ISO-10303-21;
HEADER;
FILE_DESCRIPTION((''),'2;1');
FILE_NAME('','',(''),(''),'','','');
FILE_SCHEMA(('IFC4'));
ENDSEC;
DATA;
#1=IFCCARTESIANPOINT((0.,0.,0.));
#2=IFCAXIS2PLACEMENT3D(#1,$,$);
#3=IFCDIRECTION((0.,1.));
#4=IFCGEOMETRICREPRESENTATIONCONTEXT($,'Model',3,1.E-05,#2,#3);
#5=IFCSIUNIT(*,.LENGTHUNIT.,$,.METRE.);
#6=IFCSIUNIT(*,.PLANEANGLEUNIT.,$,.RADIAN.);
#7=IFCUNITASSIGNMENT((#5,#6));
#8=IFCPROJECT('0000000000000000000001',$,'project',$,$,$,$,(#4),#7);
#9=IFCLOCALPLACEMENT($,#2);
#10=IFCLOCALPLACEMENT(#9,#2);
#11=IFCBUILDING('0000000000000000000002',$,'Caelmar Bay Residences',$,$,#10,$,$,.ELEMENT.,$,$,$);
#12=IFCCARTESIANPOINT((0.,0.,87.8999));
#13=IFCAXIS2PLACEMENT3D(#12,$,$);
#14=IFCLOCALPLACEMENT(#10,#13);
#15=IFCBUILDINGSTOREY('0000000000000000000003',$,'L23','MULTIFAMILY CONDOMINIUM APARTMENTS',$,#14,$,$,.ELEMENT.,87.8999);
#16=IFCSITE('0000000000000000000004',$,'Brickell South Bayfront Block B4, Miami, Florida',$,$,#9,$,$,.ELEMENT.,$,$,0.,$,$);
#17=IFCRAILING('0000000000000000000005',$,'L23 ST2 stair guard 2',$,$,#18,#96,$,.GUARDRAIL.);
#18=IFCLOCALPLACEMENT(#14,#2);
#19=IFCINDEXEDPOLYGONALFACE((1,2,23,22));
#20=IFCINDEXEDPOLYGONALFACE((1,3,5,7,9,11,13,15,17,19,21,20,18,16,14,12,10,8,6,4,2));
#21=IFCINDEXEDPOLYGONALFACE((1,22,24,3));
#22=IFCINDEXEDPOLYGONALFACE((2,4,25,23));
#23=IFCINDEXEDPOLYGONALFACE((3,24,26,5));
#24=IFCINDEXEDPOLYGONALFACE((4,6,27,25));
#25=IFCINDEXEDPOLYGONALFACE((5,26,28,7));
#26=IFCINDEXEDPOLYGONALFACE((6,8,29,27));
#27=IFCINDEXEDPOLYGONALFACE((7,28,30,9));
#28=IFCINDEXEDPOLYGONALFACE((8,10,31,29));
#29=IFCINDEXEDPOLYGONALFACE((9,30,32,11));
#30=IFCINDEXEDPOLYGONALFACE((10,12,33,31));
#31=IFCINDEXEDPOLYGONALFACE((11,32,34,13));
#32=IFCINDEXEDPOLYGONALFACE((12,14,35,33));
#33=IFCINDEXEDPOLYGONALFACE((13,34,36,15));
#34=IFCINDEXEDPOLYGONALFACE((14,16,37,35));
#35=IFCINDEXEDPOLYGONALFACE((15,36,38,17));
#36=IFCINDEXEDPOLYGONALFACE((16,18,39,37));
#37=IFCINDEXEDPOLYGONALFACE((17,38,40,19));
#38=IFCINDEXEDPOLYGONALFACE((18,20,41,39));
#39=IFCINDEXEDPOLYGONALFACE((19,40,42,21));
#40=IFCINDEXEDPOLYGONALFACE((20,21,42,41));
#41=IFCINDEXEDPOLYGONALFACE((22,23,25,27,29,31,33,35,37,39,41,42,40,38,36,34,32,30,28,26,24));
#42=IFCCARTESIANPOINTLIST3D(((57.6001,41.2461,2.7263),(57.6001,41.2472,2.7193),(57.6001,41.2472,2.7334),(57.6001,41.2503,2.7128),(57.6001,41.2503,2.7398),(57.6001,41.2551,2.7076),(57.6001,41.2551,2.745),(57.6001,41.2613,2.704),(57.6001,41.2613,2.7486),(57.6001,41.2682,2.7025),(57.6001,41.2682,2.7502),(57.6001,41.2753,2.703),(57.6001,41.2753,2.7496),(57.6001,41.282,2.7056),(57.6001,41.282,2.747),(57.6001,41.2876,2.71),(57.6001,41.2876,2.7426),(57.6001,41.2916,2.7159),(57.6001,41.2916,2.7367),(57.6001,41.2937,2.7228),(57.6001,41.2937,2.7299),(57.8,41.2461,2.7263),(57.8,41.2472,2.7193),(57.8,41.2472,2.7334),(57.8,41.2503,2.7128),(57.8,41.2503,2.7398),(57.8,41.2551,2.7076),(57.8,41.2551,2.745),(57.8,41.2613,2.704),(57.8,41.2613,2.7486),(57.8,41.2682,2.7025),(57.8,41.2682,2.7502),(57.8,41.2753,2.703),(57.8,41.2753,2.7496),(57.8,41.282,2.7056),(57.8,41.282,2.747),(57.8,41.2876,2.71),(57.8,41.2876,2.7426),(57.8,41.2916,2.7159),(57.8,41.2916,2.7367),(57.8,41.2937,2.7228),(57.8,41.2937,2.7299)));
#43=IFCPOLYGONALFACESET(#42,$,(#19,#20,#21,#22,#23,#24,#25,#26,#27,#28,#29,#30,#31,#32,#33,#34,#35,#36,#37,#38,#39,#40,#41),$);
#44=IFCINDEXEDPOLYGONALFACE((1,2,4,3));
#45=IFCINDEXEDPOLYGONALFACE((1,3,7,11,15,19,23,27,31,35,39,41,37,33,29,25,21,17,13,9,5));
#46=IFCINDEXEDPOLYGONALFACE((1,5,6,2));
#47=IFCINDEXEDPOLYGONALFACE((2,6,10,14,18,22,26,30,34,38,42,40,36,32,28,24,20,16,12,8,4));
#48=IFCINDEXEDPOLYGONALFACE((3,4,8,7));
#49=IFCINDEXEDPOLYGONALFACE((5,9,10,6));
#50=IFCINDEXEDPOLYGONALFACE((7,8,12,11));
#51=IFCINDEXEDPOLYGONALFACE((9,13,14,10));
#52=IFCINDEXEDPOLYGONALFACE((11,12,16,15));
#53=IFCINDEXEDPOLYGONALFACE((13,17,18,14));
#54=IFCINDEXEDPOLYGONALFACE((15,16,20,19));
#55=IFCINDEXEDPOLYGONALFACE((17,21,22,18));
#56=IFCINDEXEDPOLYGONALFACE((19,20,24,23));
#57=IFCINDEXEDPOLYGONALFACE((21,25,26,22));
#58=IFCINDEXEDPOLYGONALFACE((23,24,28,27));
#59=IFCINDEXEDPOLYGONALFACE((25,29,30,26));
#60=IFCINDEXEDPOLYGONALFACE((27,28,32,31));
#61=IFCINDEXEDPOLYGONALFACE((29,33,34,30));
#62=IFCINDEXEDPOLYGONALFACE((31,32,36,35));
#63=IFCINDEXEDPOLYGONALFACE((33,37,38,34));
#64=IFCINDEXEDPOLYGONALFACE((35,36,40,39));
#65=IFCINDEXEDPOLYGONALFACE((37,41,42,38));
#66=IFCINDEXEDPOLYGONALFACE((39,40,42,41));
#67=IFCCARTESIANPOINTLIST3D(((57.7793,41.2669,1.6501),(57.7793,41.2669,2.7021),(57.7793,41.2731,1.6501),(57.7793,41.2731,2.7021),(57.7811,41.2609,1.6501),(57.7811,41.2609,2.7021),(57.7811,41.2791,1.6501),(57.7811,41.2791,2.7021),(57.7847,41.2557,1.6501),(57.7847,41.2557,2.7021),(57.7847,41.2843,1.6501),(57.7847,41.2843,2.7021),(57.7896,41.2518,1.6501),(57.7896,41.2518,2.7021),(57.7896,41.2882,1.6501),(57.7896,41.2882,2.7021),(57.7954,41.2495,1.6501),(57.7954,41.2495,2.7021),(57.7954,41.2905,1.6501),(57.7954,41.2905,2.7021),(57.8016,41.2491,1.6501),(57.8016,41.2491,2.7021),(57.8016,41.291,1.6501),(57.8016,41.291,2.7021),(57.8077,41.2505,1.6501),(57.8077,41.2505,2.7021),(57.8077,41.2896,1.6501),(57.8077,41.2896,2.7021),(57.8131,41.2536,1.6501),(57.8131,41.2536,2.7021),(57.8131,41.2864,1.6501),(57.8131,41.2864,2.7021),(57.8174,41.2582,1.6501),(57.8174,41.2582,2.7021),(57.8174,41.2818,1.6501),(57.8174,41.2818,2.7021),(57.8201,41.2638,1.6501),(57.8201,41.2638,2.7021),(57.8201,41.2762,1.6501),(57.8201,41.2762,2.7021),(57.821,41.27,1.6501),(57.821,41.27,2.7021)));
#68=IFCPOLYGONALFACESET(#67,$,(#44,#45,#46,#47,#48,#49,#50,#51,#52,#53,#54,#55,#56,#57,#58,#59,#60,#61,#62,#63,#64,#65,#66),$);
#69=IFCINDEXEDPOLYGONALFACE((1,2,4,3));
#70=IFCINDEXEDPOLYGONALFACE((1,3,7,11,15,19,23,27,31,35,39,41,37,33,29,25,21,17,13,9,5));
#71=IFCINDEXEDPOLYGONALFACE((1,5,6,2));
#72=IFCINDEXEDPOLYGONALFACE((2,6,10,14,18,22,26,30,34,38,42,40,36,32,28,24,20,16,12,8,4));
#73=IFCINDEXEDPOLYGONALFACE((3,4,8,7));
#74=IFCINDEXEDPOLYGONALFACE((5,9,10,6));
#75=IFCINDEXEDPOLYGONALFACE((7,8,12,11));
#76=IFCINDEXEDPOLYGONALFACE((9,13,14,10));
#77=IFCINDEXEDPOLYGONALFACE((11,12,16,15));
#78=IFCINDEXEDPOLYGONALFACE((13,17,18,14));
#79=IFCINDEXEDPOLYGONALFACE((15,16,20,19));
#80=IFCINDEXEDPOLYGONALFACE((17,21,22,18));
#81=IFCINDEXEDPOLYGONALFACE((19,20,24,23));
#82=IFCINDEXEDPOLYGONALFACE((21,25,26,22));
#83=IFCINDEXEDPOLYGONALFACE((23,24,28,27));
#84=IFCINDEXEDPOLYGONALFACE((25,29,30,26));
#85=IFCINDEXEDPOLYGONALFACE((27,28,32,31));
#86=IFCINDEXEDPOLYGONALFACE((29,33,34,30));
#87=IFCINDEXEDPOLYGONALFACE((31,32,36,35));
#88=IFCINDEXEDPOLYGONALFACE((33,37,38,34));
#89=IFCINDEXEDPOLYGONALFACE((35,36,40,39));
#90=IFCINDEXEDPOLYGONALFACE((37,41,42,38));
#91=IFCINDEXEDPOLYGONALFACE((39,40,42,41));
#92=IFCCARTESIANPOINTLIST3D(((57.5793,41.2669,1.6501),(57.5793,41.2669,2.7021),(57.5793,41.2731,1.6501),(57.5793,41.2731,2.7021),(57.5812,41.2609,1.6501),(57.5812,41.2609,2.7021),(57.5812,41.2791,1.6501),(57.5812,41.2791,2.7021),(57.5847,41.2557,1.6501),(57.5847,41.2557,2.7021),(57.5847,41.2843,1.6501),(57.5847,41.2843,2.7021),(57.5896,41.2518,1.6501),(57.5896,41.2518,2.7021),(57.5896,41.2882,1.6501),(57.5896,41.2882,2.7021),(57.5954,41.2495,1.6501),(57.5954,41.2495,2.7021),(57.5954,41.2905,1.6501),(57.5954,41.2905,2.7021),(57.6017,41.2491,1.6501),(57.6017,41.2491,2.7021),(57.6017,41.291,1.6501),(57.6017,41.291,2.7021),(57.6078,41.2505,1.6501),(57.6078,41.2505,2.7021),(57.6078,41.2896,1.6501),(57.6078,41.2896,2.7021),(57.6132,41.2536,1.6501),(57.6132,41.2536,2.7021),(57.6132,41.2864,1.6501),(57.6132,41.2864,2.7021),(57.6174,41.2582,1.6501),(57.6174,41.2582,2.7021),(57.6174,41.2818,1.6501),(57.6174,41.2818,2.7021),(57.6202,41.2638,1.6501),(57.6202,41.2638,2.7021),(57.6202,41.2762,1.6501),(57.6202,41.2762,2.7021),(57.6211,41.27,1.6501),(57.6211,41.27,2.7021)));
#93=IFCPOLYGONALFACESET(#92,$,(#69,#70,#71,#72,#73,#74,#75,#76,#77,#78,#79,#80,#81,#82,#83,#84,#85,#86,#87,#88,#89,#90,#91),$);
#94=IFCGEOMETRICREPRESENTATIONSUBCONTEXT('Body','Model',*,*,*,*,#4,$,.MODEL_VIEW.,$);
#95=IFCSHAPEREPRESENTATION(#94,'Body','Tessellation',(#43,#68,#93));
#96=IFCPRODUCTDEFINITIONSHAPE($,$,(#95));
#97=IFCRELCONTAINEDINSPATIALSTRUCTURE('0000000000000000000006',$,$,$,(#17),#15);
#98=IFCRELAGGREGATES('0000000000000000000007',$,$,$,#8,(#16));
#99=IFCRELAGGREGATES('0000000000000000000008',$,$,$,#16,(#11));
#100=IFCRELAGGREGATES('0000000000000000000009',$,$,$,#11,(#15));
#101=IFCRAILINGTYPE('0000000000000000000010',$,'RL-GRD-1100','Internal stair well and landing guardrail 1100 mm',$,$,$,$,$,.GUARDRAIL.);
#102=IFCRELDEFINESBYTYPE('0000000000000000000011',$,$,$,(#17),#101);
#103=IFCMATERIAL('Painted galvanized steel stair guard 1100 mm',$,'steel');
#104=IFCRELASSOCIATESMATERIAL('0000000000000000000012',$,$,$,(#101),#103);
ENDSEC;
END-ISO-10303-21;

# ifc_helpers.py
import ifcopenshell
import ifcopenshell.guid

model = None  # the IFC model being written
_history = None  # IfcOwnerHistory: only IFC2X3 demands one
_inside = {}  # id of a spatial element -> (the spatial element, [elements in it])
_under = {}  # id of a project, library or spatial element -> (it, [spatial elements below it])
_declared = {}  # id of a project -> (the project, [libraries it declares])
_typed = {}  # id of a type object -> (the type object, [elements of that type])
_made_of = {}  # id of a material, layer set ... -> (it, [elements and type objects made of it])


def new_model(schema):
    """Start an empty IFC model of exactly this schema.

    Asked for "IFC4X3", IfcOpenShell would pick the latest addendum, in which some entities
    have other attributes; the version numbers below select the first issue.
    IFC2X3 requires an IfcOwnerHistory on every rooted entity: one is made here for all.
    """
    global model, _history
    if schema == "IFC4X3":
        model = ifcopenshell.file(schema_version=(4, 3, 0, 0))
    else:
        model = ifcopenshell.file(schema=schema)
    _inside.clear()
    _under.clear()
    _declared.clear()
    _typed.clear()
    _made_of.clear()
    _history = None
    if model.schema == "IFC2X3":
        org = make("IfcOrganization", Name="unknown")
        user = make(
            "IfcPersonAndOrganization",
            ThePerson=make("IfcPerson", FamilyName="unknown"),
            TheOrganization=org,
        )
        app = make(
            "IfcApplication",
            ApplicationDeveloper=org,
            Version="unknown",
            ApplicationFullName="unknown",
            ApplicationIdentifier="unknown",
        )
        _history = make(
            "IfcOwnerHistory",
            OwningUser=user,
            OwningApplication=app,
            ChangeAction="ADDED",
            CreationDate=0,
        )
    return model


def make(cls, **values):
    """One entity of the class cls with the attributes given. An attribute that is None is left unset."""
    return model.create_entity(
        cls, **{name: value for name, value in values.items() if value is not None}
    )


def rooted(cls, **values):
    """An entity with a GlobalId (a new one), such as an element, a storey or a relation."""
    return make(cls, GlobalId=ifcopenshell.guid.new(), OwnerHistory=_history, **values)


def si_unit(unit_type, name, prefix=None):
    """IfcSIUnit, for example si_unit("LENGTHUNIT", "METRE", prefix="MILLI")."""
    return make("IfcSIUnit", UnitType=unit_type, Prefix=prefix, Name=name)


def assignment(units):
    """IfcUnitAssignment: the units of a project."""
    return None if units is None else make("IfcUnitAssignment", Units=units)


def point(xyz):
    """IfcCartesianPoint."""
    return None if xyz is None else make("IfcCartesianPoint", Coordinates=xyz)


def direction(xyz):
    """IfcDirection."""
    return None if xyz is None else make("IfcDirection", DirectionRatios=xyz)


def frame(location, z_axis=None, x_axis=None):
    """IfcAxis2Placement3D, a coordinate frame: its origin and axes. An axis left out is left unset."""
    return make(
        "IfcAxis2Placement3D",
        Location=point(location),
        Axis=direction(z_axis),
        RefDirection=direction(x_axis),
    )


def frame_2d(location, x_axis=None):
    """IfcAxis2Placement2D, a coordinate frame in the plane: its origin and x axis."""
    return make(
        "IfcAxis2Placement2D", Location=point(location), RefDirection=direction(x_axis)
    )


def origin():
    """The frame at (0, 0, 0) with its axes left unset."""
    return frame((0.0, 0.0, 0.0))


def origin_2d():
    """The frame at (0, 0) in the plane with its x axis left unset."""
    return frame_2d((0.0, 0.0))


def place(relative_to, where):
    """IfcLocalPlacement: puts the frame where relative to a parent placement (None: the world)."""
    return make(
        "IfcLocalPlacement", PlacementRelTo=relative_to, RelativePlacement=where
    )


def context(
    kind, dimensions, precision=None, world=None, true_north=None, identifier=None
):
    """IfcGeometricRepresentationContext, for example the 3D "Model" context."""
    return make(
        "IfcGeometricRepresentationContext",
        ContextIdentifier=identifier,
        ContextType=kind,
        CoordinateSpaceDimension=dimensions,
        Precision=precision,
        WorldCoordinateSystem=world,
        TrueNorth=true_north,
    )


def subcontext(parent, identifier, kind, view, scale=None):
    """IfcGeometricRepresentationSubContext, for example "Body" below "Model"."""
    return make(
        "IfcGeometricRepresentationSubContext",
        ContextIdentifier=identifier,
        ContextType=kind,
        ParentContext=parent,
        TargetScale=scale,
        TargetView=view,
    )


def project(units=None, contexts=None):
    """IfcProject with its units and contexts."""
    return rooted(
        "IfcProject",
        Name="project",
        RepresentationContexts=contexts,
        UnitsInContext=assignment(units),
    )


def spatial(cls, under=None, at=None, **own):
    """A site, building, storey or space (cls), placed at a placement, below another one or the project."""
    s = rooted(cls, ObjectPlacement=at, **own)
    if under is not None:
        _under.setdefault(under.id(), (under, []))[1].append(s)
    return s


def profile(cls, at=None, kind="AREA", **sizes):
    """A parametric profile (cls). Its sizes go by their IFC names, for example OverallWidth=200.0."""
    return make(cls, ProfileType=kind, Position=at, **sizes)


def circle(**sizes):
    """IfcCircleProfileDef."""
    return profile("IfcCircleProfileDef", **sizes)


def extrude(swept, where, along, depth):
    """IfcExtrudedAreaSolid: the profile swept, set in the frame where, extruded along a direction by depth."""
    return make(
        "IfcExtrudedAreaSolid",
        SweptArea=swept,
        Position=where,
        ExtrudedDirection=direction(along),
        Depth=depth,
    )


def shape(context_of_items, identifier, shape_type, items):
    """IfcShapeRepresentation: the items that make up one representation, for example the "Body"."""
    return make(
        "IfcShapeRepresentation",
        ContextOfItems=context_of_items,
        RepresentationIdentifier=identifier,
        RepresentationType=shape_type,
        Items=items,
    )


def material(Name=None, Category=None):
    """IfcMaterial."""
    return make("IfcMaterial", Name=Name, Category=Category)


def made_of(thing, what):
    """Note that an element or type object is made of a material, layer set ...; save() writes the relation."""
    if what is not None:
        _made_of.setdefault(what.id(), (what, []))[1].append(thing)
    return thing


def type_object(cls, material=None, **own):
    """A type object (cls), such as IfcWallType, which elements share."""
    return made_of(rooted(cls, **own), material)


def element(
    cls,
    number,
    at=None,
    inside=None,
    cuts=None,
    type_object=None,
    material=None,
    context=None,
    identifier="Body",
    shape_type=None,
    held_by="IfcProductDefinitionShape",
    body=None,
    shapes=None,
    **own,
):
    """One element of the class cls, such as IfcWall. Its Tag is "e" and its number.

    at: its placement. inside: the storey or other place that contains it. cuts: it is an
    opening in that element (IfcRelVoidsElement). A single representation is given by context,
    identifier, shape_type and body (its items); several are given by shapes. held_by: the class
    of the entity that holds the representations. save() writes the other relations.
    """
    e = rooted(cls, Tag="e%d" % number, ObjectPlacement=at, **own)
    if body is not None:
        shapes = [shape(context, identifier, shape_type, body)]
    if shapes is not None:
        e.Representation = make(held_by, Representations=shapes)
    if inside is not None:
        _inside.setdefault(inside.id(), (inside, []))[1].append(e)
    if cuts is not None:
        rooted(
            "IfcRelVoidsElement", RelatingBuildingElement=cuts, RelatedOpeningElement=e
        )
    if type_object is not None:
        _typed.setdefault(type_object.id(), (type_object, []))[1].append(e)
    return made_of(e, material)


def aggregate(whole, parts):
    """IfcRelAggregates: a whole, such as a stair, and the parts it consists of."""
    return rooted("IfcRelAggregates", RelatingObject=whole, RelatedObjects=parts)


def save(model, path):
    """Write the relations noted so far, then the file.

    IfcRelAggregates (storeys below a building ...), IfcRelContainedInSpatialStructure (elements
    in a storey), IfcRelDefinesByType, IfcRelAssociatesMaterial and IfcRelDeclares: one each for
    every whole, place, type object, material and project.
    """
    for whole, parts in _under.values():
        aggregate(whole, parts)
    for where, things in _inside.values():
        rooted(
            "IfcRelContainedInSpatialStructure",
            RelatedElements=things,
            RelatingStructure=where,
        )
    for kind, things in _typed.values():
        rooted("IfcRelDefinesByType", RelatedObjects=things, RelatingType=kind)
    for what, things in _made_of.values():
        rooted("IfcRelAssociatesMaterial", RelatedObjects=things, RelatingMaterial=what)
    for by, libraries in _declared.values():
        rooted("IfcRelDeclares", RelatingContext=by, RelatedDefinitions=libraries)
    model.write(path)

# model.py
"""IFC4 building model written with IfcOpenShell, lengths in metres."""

from ifc_helpers import new_model, si_unit, direction, frame, origin, origin_2d, place, context, subcontext, project, spatial, circle, extrude, material, type_object, element, save


model = new_model("IFC4")

# Units and contexts
model_context = context("Model", 3, precision=1e-05, world=origin(), true_north=direction((0.0, 1.0)))
body_context = subcontext(model_context, "Body", "Model", "MODEL_VIEW")
ifc_project = project(units=[si_unit("LENGTHUNIT", "METRE"), si_unit("PLANEANGLEUNIT", "RADIAN")], contexts=[model_context])

# Site, building, storey
site_placement = place(None, origin())
site = spatial("IfcSite", under=ifc_project, at=site_placement, Name="Brickell South Bayfront Block B4, Miami, Florida", CompositionType="ELEMENT", RefElevation=0.0)
building_placement = place(site_placement, origin())
building = spatial("IfcBuilding", under=site, at=building_placement, Name="Caelmar Bay Residences", CompositionType="ELEMENT")
storey_placement = place(building_placement, frame((0.0, 0.0, 87.8999)))
storey = spatial("IfcBuildingStorey", under=building, at=storey_placement, Name="L23", Description="MULTIFAMILY CONDOMINIUM APARTMENTS", CompositionType="ELEMENT", Elevation=87.8999)

# Railing
ifc_material_1 = material(Name="Painted galvanized steel stair guard 1100 mm", Category="steel")
railing_type_1 = type_object("IfcRailingType", Name="RL-GRD-1100", Description="Internal stair well and landing guardrail 1100 mm", PredefinedType="GUARDRAIL", material=ifc_material_1)
railing_1_placement = place(storey_placement, frame((57.8, 41.27, 1.6501)))
element("IfcRailing", 1, at=railing_1_placement, inside=storey, type_object=railing_type_1, Name="L23 ST2 stair guard 2", PredefinedType="GUARDRAIL", context=body_context, shape_type="SweptSolid", body=[
    extrude(circle(Radius=0.0239, at=origin_2d()), frame((0.0, 0.0, 1.0762), z_axis=(-1.0, 0.0, 0.0), x_axis=(0.0, -1.0, 0.0)), (0.0, 0.0, 1.0), 0.2),
    extrude(circle(Radius=0.021, at=origin_2d()), origin(), (0.0, 0.0, 1.0), 1.052),
    extrude(circle(Radius=0.021, at=origin_2d()), frame((-0.2, 0.0, 0.0)), (0.0, 0.0, 1.0), 1.052),
])

save(model, "model.ifc")
